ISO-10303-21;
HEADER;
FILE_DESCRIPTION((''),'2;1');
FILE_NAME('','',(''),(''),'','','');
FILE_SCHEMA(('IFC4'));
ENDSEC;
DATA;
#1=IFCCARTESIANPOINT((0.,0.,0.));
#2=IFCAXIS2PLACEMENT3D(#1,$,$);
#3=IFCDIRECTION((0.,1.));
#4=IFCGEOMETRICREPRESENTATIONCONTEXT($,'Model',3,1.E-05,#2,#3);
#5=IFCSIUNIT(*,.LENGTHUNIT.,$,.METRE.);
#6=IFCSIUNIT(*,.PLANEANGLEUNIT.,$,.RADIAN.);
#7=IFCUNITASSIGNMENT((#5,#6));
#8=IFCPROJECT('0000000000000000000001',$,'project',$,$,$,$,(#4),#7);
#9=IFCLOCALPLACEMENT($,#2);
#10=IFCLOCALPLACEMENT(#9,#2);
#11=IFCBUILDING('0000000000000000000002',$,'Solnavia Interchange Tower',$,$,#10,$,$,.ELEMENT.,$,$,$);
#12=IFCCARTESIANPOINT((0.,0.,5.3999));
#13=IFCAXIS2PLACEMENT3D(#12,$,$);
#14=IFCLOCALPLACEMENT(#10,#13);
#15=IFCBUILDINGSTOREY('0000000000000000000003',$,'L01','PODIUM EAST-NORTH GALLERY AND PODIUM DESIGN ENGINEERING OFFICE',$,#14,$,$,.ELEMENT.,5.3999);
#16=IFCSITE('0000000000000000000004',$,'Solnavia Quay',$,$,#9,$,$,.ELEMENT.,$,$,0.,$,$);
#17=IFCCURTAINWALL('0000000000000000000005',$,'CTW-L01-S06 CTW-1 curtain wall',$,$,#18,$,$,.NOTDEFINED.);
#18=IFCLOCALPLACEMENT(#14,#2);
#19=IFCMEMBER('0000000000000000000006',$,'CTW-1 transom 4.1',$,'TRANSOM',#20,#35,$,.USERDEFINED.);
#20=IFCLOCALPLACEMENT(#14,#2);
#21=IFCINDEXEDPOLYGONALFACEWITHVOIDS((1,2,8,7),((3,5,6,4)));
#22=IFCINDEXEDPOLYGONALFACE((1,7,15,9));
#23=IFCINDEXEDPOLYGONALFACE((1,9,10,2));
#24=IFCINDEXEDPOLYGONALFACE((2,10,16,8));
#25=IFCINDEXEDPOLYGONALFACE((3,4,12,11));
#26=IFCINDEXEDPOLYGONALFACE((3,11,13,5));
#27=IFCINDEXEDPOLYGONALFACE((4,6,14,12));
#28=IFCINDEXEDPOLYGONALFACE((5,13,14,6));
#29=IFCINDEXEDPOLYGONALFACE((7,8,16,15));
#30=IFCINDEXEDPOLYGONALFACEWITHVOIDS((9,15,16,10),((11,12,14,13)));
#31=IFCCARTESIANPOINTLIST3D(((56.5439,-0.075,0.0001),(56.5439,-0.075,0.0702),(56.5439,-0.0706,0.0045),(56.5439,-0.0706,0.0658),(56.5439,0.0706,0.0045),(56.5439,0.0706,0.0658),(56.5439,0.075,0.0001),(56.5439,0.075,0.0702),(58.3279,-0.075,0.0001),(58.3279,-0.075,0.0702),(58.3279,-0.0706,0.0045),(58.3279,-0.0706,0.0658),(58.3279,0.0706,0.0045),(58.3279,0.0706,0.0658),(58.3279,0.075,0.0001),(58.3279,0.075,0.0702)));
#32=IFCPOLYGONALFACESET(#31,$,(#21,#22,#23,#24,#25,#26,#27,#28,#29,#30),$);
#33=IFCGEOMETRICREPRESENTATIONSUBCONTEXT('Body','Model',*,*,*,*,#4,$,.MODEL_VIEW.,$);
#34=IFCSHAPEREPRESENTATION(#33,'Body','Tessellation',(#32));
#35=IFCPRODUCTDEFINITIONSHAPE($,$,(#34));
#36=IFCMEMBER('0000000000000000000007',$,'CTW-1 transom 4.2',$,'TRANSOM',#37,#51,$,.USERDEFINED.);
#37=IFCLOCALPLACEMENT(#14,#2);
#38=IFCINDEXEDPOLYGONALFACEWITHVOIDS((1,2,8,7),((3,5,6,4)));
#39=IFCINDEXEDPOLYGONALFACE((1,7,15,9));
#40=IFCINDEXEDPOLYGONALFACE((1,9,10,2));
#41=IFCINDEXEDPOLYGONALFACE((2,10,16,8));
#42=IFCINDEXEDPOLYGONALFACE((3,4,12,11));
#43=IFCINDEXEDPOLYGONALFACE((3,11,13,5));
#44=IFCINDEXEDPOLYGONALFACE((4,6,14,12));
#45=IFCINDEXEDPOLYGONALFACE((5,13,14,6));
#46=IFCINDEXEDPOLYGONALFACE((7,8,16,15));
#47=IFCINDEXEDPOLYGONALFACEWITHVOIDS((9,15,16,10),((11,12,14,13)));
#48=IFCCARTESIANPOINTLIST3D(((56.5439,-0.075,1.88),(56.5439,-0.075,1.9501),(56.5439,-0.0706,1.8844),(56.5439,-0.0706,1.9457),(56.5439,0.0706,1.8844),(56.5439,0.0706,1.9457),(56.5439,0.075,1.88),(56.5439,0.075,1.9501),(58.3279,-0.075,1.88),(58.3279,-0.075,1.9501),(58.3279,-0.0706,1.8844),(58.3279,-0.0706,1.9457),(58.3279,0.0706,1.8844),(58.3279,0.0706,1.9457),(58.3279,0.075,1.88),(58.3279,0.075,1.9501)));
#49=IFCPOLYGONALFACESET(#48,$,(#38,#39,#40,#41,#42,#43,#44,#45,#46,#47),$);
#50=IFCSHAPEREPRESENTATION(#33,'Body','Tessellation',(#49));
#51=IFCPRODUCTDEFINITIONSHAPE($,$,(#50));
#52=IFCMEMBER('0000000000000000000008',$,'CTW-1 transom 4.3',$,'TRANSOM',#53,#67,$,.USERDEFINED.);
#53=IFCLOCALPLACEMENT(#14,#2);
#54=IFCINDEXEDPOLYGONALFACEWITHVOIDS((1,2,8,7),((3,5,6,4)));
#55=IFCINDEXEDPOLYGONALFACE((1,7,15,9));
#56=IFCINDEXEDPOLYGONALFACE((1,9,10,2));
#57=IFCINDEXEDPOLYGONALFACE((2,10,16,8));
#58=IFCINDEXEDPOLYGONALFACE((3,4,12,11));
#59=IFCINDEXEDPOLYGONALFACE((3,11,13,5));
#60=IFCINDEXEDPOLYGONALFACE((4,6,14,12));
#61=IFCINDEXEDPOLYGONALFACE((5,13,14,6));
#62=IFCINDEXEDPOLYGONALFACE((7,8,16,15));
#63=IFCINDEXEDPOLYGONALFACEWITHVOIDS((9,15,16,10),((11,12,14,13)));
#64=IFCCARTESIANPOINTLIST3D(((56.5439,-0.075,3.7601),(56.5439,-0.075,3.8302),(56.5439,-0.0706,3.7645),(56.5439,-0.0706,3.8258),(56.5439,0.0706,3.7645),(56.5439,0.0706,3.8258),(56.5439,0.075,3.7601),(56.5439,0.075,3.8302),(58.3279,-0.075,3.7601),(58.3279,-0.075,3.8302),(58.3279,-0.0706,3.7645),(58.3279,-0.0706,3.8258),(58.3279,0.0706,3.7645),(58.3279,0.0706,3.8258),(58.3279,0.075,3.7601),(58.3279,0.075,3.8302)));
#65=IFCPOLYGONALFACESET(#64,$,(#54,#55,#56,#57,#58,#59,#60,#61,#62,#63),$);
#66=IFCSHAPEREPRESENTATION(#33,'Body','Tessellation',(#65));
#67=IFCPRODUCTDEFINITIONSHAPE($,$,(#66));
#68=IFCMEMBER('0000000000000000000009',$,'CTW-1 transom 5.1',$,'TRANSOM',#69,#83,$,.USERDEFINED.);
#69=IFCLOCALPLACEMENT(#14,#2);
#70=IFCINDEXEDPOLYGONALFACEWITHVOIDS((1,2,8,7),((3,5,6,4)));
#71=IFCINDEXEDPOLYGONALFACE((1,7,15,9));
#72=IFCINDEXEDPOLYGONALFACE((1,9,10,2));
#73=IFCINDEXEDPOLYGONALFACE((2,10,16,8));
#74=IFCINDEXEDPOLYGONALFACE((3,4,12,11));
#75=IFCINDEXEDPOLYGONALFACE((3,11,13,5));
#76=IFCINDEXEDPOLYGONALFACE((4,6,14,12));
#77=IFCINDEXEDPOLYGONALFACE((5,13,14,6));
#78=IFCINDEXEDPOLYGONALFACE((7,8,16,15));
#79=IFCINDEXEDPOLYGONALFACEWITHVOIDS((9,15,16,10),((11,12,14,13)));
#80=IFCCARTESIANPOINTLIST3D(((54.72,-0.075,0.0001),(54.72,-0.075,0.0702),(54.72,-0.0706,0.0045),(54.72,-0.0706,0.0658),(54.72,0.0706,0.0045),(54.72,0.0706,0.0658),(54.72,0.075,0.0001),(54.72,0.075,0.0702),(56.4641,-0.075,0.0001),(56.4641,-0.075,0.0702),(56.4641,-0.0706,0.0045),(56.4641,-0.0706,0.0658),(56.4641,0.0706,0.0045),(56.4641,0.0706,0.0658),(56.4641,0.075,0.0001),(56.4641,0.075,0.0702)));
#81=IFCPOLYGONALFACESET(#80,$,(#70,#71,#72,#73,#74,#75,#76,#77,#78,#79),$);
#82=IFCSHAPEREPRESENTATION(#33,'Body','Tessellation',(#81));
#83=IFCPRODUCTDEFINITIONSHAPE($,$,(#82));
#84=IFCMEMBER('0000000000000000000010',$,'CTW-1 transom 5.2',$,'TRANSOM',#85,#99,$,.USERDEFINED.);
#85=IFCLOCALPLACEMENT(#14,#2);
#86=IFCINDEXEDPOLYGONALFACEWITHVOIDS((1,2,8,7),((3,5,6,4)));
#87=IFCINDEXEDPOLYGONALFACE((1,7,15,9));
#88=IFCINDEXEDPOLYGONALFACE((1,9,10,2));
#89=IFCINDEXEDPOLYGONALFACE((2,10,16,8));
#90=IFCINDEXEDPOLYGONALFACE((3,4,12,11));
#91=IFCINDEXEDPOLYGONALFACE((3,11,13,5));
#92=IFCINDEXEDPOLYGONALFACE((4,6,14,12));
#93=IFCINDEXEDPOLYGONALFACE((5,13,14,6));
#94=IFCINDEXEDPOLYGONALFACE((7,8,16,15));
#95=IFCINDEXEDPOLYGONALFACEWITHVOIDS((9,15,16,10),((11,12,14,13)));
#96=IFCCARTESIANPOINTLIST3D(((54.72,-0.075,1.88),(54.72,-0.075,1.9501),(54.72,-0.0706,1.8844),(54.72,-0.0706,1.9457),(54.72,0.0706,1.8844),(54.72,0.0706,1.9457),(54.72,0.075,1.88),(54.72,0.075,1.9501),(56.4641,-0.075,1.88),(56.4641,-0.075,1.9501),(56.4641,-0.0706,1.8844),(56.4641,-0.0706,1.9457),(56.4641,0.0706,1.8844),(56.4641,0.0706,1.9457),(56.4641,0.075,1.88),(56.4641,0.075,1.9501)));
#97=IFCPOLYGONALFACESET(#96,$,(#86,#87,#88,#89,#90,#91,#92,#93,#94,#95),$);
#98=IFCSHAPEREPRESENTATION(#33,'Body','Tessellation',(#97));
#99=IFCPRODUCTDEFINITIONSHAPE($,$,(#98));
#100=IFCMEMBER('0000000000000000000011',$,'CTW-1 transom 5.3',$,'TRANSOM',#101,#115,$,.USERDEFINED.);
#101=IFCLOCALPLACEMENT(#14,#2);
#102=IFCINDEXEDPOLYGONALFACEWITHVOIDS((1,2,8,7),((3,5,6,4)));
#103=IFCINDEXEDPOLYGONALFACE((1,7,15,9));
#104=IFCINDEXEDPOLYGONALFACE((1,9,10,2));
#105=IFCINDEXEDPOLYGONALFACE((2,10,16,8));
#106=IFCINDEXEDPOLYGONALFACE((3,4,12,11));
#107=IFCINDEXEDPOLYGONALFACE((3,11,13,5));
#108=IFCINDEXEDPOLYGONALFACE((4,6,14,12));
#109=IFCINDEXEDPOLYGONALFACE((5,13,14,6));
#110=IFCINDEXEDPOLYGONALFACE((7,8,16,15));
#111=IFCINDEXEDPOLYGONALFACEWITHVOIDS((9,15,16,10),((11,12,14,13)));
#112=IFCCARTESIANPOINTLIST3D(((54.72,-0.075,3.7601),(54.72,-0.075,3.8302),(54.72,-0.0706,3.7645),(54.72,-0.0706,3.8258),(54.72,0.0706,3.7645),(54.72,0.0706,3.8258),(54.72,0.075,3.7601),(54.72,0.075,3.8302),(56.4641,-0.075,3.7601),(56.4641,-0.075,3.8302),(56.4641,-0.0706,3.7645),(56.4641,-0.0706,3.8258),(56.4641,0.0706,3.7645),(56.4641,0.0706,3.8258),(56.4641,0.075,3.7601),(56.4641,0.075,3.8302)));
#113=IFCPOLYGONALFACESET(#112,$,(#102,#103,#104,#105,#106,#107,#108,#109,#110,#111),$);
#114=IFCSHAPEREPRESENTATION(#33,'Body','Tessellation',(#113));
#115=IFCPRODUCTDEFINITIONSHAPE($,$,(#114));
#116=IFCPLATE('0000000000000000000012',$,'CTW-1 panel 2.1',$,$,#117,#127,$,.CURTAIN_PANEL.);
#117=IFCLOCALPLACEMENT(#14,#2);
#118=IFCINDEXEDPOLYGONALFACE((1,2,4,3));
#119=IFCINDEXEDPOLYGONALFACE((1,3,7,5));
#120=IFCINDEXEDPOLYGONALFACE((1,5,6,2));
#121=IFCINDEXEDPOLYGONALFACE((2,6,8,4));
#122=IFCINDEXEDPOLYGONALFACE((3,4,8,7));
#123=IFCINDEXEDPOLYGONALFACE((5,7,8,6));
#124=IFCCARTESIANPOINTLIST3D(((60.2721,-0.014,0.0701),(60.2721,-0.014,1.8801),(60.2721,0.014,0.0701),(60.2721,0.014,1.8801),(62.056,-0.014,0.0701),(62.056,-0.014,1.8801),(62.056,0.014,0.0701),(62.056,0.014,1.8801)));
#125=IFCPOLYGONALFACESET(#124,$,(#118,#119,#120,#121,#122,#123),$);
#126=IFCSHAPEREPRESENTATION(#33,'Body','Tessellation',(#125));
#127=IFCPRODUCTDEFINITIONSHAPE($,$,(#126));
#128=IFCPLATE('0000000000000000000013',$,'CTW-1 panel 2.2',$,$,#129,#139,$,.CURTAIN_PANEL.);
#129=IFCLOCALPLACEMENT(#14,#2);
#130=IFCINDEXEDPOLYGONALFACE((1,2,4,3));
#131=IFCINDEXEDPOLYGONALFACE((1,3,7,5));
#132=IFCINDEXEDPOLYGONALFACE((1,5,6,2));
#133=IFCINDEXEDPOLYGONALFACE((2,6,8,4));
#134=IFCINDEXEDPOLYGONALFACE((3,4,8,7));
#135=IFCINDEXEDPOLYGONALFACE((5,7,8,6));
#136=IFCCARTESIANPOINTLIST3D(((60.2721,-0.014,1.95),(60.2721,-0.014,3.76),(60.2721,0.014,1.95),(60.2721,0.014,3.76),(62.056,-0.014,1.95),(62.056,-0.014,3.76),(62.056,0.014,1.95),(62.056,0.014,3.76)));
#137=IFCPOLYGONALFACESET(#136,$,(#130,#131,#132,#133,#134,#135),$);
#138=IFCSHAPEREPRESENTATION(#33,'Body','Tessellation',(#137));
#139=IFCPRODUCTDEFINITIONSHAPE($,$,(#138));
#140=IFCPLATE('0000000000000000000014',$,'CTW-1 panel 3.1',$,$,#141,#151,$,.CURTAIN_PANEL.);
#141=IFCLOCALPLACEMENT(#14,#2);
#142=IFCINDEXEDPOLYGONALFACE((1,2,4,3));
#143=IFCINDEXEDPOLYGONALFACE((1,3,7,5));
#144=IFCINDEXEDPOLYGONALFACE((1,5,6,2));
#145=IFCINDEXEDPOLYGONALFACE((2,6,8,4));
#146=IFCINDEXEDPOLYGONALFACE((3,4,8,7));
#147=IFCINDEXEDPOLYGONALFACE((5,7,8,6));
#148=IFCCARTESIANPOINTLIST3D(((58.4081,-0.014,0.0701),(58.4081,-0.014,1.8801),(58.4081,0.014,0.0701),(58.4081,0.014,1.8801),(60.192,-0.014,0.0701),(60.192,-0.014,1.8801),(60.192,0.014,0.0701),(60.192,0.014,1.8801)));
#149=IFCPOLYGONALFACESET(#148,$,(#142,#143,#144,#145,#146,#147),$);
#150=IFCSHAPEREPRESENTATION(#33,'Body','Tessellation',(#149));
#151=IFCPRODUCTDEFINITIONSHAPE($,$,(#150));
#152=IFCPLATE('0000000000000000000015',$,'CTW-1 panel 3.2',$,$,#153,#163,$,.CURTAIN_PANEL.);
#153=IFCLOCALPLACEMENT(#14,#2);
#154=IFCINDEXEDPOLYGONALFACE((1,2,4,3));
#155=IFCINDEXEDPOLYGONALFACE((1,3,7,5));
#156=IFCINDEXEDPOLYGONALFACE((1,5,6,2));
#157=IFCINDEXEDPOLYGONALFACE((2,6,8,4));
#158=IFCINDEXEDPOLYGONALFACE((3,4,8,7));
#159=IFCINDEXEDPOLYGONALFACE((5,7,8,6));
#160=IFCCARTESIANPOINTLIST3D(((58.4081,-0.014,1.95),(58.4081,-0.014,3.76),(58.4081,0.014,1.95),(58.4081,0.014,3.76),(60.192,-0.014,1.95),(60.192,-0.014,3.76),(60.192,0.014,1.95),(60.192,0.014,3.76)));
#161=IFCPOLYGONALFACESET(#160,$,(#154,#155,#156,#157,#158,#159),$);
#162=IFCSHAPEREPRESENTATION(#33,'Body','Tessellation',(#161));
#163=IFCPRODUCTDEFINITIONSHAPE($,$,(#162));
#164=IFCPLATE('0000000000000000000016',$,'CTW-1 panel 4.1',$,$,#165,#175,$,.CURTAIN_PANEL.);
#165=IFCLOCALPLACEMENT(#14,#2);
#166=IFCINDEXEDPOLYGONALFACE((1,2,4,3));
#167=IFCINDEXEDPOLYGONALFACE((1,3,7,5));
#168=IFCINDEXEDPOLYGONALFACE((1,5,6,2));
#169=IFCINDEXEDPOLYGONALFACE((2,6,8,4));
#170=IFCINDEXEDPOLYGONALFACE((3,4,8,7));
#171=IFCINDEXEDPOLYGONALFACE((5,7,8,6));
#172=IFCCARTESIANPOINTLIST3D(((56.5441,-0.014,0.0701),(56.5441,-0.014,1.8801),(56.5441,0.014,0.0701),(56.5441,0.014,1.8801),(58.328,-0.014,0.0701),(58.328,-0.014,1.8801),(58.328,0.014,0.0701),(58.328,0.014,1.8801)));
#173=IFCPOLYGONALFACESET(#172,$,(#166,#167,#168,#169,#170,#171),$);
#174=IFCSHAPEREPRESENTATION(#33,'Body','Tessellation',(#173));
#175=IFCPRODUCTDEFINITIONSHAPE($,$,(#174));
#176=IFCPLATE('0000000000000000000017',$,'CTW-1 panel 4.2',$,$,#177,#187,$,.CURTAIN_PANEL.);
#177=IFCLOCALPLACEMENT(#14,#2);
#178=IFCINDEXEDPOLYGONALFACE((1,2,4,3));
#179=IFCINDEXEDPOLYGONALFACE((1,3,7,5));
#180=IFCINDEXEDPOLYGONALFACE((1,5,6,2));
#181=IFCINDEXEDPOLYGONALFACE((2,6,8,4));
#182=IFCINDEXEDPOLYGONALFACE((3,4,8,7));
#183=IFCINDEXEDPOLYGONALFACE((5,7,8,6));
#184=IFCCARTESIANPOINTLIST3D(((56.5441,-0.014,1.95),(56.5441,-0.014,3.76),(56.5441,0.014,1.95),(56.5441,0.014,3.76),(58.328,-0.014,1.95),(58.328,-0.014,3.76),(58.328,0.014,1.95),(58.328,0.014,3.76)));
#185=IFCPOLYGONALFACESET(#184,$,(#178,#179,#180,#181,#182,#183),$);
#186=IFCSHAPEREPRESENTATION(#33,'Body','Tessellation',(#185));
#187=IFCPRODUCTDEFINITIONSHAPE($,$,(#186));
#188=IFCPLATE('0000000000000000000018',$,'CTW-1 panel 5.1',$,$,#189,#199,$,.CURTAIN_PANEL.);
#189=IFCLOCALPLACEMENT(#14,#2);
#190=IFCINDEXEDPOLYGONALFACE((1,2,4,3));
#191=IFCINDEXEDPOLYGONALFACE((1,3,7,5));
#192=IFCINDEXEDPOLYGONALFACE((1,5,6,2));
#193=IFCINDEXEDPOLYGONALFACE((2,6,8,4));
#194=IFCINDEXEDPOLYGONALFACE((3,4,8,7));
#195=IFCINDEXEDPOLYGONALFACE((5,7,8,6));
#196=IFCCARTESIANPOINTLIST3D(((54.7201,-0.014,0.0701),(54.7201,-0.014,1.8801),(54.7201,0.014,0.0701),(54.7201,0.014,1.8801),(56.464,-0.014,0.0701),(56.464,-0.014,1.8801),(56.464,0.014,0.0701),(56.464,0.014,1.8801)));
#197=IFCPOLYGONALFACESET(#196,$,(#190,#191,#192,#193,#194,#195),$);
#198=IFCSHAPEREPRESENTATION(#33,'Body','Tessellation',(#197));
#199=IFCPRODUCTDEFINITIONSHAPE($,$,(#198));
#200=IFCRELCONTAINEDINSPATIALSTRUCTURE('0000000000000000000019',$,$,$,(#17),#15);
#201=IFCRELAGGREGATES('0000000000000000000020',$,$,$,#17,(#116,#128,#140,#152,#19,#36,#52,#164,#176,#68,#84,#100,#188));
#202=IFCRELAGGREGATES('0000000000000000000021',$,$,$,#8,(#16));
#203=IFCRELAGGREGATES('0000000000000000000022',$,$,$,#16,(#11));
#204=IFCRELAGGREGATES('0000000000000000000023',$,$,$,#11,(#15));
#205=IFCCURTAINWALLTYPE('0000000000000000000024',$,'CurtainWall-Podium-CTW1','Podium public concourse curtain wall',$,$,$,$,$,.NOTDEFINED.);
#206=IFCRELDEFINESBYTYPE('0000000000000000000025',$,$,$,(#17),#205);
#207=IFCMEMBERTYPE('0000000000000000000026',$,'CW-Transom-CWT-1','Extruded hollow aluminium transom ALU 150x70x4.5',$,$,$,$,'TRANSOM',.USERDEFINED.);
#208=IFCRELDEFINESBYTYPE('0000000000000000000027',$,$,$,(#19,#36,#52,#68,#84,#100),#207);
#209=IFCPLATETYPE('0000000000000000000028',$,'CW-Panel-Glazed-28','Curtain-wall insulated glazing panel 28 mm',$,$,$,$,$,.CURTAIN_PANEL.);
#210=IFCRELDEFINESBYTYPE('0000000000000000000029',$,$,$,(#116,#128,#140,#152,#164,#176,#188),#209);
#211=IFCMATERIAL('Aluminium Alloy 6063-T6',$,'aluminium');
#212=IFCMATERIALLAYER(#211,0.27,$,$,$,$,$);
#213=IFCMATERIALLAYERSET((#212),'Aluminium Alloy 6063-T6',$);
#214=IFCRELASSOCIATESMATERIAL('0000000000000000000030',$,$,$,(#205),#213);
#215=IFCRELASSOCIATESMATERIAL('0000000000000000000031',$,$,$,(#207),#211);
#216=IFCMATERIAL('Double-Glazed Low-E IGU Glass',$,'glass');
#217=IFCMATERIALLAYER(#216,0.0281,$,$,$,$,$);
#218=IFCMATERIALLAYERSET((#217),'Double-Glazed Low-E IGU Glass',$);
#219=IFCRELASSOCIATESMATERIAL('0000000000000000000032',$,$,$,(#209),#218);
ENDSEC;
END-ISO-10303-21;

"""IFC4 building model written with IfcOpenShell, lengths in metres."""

from ifc_helpers import new_model, si_unit, direction, frame, origin, origin_2d, place, context, subcontext, project, spatial, rectangle, hollow_rectangle, extrude, material, layer, layer_set, material_profile, profile_set, type_object, element, aggregate, save


model = new_model("IFC4")

# Units and contexts
model_context = context("Model", 3, precision=1e-05, world=origin(), true_north=direction((0.0, 1.0)))
body_context = subcontext(model_context, "Body", "Model", "MODEL_VIEW")
ifc_project = project(units=[si_unit("LENGTHUNIT", "METRE"), si_unit("PLANEANGLEUNIT", "RADIAN")], contexts=[model_context])

# Site, building, storey
site_placement = place(None, origin())
site = spatial("IfcSite", under=ifc_project, at=site_placement, Name="Solnavia Quay", CompositionType="ELEMENT", RefElevation=0.0)
building_placement = place(site_placement, origin())
building = spatial("IfcBuilding", under=site, at=building_placement, Name="Solnavia Interchange Tower", CompositionType="ELEMENT")
storey_placement = place(building_placement, frame((0.0, 0.0, 5.3999)))
storey = spatial("IfcBuildingStorey", under=building, at=storey_placement, Name="L01", Description="PODIUM EAST-NORTH GALLERY AND PODIUM DESIGN ENGINEERING OFFICE", CompositionType="ELEMENT", Elevation=5.3999)

# Curtain wall, members, plates
ifc_material_1 = material(Name="Aluminium Alloy 6063-T6", Category="aluminium")
ifc_layer_1 = layer(ifc_material_1, 0.27)
ifc_layer_set_1 = layer_set([ifc_layer_1], Name="Aluminium Alloy 6063-T6")
curtain_wall_type = type_object("IfcCurtainWallType", Name="CurtainWall-Podium-CTW1", Description="Podium public concourse curtain wall", PredefinedType="NOTDEFINED", material=ifc_layer_set_1)
curtain_wall_placement = place(storey_placement, origin())
curtain_wall = element("IfcCurtainWall", 1, at=curtain_wall_placement, inside=storey, type_object=curtain_wall_type, Name="CTW-L01-S06 CTW-1 curtain wall", PredefinedType="NOTDEFINED")
ifc_material_profile_1 = material_profile(ifc_material_1, hollow_rectangle(XDim=0.0701, YDim=0.1499, WallThickness=0.0044, at=origin_2d()), Name="ALU 150x70x4.5")
ifc_profile_set_1 = profile_set([ifc_material_profile_1], Name="Aluminium Alloy 6063-T6")
member_type_1 = type_object("IfcMemberType", Name="CW-Transom-CWT-1", Description="Extruded hollow aluminium transom ALU 150x70x4.5", ElementType="TRANSOM", PredefinedType="USERDEFINED", material=ifc_profile_set_1)
member_1_placement = place(storey_placement, frame((58.3279, 0.0, 0.0352), z_axis=(-1.0, 0.0, 0.0), x_axis=(0.0, 0.0, 1.0)))
member_1 = element("IfcMember", 2, at=member_1_placement, type_object=member_type_1, Name="CTW-1 transom 4.1", ObjectType="TRANSOM", PredefinedType="USERDEFINED", context=body_context, shape_type="SweptSolid", body=[
    extrude(hollow_rectangle(XDim=0.0701, YDim=0.1499, WallThickness=0.0044, at=origin_2d()), origin(), (0.0, 0.0, 1.0), 1.7839),
])
member_2_placement = place(storey_placement, frame((58.3279, 0.0, 1.915), z_axis=(-1.0, 0.0, 0.0), x_axis=(0.0, 0.0, 1.0)))
member_2 = element("IfcMember", 3, at=member_2_placement, type_object=member_type_1, Name="CTW-1 transom 4.2", ObjectType="TRANSOM", PredefinedType="USERDEFINED", context=body_context, shape_type="SweptSolid", body=[
    extrude(hollow_rectangle(XDim=0.0701, YDim=0.1499, WallThickness=0.0044, at=origin_2d()), origin(), (0.0, 0.0, 1.0), 1.7839),
])
member_3_placement = place(storey_placement, frame((58.3279, 0.0, 3.7952), z_axis=(-1.0, 0.0, 0.0), x_axis=(0.0, 0.0, 1.0)))
member_3 = element("IfcMember", 4, at=member_3_placement, type_object=member_type_1, Name="CTW-1 transom 4.3", ObjectType="TRANSOM", PredefinedType="USERDEFINED", context=body_context, shape_type="SweptSolid", body=[
    extrude(hollow_rectangle(XDim=0.0701, YDim=0.1499, WallThickness=0.0044, at=origin_2d()), origin(), (0.0, 0.0, 1.0), 1.7839),
])
member_4_placement = place(storey_placement, frame((56.4641, 0.0, 0.0352), z_axis=(-1.0, 0.0, 0.0), x_axis=(0.0, 0.0, 1.0)))
member_4 = element("IfcMember", 5, at=member_4_placement, type_object=member_type_1, Name="CTW-1 transom 5.1", ObjectType="TRANSOM", PredefinedType="USERDEFINED", context=body_context, shape_type="SweptSolid", body=[
    extrude(hollow_rectangle(XDim=0.0701, YDim=0.1499, WallThickness=0.0044, at=origin_2d()), origin(), (0.0, 0.0, 1.0), 1.7441),
])
member_5_placement = place(storey_placement, frame((56.4641, 0.0, 1.915), z_axis=(-1.0, 0.0, 0.0), x_axis=(0.0, 0.0, 1.0)))
member_5 = element("IfcMember", 6, at=member_5_placement, type_object=member_type_1, Name="CTW-1 transom 5.2", ObjectType="TRANSOM", PredefinedType="USERDEFINED", context=body_context, shape_type="SweptSolid", body=[
    extrude(hollow_rectangle(XDim=0.0701, YDim=0.1499, WallThickness=0.0044, at=origin_2d()), origin(), (0.0, 0.0, 1.0), 1.7441),
])
member_6_placement = place(storey_placement, frame((56.4641, 0.0, 3.7952), z_axis=(-1.0, 0.0, 0.0), x_axis=(0.0, 0.0, 1.0)))
member_6 = element("IfcMember", 7, at=member_6_placement, type_object=member_type_1, Name="CTW-1 transom 5.3", ObjectType="TRANSOM", PredefinedType="USERDEFINED", context=body_context, shape_type="SweptSolid", body=[
    extrude(hollow_rectangle(XDim=0.0701, YDim=0.1499, WallThickness=0.0044, at=origin_2d()), origin(), (0.0, 0.0, 1.0), 1.7441),
])
ifc_material_2 = material(Name="Double-Glazed Low-E IGU Glass", Category="glass")
ifc_layer_2 = layer(ifc_material_2, 0.0281)
ifc_layer_set_2 = layer_set([ifc_layer_2], Name="Double-Glazed Low-E IGU Glass")
plate_type = type_object("IfcPlateType", Name="CW-Panel-Glazed-28", Description="Curtain-wall insulated glazing panel 28 mm", PredefinedType="CURTAIN_PANEL", material=ifc_layer_set_2)
plate_1_placement = place(storey_placement, frame((61.1641, 0.0, 0.0701), z_axis=(0.0, 0.0, 1.0), x_axis=(-1.0, 0.0, 0.0)))
plate_1 = element("IfcPlate", 8, at=plate_1_placement, type_object=plate_type, Name="CTW-1 panel 2.1", PredefinedType="CURTAIN_PANEL", context=body_context, shape_type="SweptSolid", body=[
    extrude(rectangle(XDim=1.7839, YDim=0.0281, at=origin_2d()), origin(), (0.0, 0.0, 1.0), 1.8101),
])
plate_2_placement = place(storey_placement, frame((61.1641, 0.0, 1.95), z_axis=(0.0, 0.0, 1.0), x_axis=(-1.0, 0.0, 0.0)))
plate_2 = element("IfcPlate", 9, at=plate_2_placement, type_object=plate_type, Name="CTW-1 panel 2.2", PredefinedType="CURTAIN_PANEL", context=body_context, shape_type="SweptSolid", body=[
    extrude(rectangle(XDim=1.7839, YDim=0.0281, at=origin_2d()), origin(), (0.0, 0.0, 1.0), 1.8101),
])
plate_3_placement = place(storey_placement, frame((59.3, 0.0, 0.0701), z_axis=(0.0, 0.0, 1.0), x_axis=(-1.0, 0.0, 0.0)))
plate_3 = element("IfcPlate", 10, at=plate_3_placement, type_object=plate_type, Name="CTW-1 panel 3.1", PredefinedType="CURTAIN_PANEL", context=body_context, shape_type="SweptSolid", body=[
    extrude(rectangle(XDim=1.7839, YDim=0.0281, at=origin_2d()), origin(), (0.0, 0.0, 1.0), 1.8101),
])
plate_4_placement = place(storey_placement, frame((59.3, 0.0, 1.95), z_axis=(0.0, 0.0, 1.0), x_axis=(-1.0, 0.0, 0.0)))
plate_4 = element("IfcPlate", 11, at=plate_4_placement, type_object=plate_type, Name="CTW-1 panel 3.2", PredefinedType="CURTAIN_PANEL", context=body_context, shape_type="SweptSolid", body=[
    extrude(rectangle(XDim=1.7839, YDim=0.0281, at=origin_2d()), origin(), (0.0, 0.0, 1.0), 1.8101),
])
plate_5_placement = place(storey_placement, frame((57.436, 0.0, 0.0701), z_axis=(0.0, 0.0, 1.0), x_axis=(-1.0, 0.0, 0.0)))
plate_5 = element("IfcPlate", 12, at=plate_5_placement, type_object=plate_type, Name="CTW-1 panel 4.1", PredefinedType="CURTAIN_PANEL", context=body_context, shape_type="SweptSolid", body=[
    extrude(rectangle(XDim=1.7839, YDim=0.0281, at=origin_2d()), origin(), (0.0, 0.0, 1.0), 1.8101),
])
plate_6_placement = place(storey_placement, frame((57.436, 0.0, 1.95), z_axis=(0.0, 0.0, 1.0), x_axis=(-1.0, 0.0, 0.0)))
plate_6 = element("IfcPlate", 13, at=plate_6_placement, type_object=plate_type, Name="CTW-1 panel 4.2", PredefinedType="CURTAIN_PANEL", context=body_context, shape_type="SweptSolid", body=[
    extrude(rectangle(XDim=1.7839, YDim=0.0281, at=origin_2d()), origin(), (0.0, 0.0, 1.0), 1.8101),
])
plate_7_placement = place(storey_placement, frame((55.592, 0.0, 0.0701), z_axis=(0.0, 0.0, 1.0), x_axis=(-1.0, 0.0, 0.0)))
plate_7 = element("IfcPlate", 14, at=plate_7_placement, type_object=plate_type, Name="CTW-1 panel 5.1", PredefinedType="CURTAIN_PANEL", context=body_context, shape_type="SweptSolid", body=[
    extrude(rectangle(XDim=1.7439, YDim=0.0281, at=origin_2d()), origin(), (0.0, 0.0, 1.0), 1.8101),
])
aggregate(curtain_wall, [plate_1, plate_2, plate_3, plate_4, member_1, member_2, member_3, plate_5, plate_6, member_4, member_5, member_6, plate_7])

save(model, "model.ifc")
